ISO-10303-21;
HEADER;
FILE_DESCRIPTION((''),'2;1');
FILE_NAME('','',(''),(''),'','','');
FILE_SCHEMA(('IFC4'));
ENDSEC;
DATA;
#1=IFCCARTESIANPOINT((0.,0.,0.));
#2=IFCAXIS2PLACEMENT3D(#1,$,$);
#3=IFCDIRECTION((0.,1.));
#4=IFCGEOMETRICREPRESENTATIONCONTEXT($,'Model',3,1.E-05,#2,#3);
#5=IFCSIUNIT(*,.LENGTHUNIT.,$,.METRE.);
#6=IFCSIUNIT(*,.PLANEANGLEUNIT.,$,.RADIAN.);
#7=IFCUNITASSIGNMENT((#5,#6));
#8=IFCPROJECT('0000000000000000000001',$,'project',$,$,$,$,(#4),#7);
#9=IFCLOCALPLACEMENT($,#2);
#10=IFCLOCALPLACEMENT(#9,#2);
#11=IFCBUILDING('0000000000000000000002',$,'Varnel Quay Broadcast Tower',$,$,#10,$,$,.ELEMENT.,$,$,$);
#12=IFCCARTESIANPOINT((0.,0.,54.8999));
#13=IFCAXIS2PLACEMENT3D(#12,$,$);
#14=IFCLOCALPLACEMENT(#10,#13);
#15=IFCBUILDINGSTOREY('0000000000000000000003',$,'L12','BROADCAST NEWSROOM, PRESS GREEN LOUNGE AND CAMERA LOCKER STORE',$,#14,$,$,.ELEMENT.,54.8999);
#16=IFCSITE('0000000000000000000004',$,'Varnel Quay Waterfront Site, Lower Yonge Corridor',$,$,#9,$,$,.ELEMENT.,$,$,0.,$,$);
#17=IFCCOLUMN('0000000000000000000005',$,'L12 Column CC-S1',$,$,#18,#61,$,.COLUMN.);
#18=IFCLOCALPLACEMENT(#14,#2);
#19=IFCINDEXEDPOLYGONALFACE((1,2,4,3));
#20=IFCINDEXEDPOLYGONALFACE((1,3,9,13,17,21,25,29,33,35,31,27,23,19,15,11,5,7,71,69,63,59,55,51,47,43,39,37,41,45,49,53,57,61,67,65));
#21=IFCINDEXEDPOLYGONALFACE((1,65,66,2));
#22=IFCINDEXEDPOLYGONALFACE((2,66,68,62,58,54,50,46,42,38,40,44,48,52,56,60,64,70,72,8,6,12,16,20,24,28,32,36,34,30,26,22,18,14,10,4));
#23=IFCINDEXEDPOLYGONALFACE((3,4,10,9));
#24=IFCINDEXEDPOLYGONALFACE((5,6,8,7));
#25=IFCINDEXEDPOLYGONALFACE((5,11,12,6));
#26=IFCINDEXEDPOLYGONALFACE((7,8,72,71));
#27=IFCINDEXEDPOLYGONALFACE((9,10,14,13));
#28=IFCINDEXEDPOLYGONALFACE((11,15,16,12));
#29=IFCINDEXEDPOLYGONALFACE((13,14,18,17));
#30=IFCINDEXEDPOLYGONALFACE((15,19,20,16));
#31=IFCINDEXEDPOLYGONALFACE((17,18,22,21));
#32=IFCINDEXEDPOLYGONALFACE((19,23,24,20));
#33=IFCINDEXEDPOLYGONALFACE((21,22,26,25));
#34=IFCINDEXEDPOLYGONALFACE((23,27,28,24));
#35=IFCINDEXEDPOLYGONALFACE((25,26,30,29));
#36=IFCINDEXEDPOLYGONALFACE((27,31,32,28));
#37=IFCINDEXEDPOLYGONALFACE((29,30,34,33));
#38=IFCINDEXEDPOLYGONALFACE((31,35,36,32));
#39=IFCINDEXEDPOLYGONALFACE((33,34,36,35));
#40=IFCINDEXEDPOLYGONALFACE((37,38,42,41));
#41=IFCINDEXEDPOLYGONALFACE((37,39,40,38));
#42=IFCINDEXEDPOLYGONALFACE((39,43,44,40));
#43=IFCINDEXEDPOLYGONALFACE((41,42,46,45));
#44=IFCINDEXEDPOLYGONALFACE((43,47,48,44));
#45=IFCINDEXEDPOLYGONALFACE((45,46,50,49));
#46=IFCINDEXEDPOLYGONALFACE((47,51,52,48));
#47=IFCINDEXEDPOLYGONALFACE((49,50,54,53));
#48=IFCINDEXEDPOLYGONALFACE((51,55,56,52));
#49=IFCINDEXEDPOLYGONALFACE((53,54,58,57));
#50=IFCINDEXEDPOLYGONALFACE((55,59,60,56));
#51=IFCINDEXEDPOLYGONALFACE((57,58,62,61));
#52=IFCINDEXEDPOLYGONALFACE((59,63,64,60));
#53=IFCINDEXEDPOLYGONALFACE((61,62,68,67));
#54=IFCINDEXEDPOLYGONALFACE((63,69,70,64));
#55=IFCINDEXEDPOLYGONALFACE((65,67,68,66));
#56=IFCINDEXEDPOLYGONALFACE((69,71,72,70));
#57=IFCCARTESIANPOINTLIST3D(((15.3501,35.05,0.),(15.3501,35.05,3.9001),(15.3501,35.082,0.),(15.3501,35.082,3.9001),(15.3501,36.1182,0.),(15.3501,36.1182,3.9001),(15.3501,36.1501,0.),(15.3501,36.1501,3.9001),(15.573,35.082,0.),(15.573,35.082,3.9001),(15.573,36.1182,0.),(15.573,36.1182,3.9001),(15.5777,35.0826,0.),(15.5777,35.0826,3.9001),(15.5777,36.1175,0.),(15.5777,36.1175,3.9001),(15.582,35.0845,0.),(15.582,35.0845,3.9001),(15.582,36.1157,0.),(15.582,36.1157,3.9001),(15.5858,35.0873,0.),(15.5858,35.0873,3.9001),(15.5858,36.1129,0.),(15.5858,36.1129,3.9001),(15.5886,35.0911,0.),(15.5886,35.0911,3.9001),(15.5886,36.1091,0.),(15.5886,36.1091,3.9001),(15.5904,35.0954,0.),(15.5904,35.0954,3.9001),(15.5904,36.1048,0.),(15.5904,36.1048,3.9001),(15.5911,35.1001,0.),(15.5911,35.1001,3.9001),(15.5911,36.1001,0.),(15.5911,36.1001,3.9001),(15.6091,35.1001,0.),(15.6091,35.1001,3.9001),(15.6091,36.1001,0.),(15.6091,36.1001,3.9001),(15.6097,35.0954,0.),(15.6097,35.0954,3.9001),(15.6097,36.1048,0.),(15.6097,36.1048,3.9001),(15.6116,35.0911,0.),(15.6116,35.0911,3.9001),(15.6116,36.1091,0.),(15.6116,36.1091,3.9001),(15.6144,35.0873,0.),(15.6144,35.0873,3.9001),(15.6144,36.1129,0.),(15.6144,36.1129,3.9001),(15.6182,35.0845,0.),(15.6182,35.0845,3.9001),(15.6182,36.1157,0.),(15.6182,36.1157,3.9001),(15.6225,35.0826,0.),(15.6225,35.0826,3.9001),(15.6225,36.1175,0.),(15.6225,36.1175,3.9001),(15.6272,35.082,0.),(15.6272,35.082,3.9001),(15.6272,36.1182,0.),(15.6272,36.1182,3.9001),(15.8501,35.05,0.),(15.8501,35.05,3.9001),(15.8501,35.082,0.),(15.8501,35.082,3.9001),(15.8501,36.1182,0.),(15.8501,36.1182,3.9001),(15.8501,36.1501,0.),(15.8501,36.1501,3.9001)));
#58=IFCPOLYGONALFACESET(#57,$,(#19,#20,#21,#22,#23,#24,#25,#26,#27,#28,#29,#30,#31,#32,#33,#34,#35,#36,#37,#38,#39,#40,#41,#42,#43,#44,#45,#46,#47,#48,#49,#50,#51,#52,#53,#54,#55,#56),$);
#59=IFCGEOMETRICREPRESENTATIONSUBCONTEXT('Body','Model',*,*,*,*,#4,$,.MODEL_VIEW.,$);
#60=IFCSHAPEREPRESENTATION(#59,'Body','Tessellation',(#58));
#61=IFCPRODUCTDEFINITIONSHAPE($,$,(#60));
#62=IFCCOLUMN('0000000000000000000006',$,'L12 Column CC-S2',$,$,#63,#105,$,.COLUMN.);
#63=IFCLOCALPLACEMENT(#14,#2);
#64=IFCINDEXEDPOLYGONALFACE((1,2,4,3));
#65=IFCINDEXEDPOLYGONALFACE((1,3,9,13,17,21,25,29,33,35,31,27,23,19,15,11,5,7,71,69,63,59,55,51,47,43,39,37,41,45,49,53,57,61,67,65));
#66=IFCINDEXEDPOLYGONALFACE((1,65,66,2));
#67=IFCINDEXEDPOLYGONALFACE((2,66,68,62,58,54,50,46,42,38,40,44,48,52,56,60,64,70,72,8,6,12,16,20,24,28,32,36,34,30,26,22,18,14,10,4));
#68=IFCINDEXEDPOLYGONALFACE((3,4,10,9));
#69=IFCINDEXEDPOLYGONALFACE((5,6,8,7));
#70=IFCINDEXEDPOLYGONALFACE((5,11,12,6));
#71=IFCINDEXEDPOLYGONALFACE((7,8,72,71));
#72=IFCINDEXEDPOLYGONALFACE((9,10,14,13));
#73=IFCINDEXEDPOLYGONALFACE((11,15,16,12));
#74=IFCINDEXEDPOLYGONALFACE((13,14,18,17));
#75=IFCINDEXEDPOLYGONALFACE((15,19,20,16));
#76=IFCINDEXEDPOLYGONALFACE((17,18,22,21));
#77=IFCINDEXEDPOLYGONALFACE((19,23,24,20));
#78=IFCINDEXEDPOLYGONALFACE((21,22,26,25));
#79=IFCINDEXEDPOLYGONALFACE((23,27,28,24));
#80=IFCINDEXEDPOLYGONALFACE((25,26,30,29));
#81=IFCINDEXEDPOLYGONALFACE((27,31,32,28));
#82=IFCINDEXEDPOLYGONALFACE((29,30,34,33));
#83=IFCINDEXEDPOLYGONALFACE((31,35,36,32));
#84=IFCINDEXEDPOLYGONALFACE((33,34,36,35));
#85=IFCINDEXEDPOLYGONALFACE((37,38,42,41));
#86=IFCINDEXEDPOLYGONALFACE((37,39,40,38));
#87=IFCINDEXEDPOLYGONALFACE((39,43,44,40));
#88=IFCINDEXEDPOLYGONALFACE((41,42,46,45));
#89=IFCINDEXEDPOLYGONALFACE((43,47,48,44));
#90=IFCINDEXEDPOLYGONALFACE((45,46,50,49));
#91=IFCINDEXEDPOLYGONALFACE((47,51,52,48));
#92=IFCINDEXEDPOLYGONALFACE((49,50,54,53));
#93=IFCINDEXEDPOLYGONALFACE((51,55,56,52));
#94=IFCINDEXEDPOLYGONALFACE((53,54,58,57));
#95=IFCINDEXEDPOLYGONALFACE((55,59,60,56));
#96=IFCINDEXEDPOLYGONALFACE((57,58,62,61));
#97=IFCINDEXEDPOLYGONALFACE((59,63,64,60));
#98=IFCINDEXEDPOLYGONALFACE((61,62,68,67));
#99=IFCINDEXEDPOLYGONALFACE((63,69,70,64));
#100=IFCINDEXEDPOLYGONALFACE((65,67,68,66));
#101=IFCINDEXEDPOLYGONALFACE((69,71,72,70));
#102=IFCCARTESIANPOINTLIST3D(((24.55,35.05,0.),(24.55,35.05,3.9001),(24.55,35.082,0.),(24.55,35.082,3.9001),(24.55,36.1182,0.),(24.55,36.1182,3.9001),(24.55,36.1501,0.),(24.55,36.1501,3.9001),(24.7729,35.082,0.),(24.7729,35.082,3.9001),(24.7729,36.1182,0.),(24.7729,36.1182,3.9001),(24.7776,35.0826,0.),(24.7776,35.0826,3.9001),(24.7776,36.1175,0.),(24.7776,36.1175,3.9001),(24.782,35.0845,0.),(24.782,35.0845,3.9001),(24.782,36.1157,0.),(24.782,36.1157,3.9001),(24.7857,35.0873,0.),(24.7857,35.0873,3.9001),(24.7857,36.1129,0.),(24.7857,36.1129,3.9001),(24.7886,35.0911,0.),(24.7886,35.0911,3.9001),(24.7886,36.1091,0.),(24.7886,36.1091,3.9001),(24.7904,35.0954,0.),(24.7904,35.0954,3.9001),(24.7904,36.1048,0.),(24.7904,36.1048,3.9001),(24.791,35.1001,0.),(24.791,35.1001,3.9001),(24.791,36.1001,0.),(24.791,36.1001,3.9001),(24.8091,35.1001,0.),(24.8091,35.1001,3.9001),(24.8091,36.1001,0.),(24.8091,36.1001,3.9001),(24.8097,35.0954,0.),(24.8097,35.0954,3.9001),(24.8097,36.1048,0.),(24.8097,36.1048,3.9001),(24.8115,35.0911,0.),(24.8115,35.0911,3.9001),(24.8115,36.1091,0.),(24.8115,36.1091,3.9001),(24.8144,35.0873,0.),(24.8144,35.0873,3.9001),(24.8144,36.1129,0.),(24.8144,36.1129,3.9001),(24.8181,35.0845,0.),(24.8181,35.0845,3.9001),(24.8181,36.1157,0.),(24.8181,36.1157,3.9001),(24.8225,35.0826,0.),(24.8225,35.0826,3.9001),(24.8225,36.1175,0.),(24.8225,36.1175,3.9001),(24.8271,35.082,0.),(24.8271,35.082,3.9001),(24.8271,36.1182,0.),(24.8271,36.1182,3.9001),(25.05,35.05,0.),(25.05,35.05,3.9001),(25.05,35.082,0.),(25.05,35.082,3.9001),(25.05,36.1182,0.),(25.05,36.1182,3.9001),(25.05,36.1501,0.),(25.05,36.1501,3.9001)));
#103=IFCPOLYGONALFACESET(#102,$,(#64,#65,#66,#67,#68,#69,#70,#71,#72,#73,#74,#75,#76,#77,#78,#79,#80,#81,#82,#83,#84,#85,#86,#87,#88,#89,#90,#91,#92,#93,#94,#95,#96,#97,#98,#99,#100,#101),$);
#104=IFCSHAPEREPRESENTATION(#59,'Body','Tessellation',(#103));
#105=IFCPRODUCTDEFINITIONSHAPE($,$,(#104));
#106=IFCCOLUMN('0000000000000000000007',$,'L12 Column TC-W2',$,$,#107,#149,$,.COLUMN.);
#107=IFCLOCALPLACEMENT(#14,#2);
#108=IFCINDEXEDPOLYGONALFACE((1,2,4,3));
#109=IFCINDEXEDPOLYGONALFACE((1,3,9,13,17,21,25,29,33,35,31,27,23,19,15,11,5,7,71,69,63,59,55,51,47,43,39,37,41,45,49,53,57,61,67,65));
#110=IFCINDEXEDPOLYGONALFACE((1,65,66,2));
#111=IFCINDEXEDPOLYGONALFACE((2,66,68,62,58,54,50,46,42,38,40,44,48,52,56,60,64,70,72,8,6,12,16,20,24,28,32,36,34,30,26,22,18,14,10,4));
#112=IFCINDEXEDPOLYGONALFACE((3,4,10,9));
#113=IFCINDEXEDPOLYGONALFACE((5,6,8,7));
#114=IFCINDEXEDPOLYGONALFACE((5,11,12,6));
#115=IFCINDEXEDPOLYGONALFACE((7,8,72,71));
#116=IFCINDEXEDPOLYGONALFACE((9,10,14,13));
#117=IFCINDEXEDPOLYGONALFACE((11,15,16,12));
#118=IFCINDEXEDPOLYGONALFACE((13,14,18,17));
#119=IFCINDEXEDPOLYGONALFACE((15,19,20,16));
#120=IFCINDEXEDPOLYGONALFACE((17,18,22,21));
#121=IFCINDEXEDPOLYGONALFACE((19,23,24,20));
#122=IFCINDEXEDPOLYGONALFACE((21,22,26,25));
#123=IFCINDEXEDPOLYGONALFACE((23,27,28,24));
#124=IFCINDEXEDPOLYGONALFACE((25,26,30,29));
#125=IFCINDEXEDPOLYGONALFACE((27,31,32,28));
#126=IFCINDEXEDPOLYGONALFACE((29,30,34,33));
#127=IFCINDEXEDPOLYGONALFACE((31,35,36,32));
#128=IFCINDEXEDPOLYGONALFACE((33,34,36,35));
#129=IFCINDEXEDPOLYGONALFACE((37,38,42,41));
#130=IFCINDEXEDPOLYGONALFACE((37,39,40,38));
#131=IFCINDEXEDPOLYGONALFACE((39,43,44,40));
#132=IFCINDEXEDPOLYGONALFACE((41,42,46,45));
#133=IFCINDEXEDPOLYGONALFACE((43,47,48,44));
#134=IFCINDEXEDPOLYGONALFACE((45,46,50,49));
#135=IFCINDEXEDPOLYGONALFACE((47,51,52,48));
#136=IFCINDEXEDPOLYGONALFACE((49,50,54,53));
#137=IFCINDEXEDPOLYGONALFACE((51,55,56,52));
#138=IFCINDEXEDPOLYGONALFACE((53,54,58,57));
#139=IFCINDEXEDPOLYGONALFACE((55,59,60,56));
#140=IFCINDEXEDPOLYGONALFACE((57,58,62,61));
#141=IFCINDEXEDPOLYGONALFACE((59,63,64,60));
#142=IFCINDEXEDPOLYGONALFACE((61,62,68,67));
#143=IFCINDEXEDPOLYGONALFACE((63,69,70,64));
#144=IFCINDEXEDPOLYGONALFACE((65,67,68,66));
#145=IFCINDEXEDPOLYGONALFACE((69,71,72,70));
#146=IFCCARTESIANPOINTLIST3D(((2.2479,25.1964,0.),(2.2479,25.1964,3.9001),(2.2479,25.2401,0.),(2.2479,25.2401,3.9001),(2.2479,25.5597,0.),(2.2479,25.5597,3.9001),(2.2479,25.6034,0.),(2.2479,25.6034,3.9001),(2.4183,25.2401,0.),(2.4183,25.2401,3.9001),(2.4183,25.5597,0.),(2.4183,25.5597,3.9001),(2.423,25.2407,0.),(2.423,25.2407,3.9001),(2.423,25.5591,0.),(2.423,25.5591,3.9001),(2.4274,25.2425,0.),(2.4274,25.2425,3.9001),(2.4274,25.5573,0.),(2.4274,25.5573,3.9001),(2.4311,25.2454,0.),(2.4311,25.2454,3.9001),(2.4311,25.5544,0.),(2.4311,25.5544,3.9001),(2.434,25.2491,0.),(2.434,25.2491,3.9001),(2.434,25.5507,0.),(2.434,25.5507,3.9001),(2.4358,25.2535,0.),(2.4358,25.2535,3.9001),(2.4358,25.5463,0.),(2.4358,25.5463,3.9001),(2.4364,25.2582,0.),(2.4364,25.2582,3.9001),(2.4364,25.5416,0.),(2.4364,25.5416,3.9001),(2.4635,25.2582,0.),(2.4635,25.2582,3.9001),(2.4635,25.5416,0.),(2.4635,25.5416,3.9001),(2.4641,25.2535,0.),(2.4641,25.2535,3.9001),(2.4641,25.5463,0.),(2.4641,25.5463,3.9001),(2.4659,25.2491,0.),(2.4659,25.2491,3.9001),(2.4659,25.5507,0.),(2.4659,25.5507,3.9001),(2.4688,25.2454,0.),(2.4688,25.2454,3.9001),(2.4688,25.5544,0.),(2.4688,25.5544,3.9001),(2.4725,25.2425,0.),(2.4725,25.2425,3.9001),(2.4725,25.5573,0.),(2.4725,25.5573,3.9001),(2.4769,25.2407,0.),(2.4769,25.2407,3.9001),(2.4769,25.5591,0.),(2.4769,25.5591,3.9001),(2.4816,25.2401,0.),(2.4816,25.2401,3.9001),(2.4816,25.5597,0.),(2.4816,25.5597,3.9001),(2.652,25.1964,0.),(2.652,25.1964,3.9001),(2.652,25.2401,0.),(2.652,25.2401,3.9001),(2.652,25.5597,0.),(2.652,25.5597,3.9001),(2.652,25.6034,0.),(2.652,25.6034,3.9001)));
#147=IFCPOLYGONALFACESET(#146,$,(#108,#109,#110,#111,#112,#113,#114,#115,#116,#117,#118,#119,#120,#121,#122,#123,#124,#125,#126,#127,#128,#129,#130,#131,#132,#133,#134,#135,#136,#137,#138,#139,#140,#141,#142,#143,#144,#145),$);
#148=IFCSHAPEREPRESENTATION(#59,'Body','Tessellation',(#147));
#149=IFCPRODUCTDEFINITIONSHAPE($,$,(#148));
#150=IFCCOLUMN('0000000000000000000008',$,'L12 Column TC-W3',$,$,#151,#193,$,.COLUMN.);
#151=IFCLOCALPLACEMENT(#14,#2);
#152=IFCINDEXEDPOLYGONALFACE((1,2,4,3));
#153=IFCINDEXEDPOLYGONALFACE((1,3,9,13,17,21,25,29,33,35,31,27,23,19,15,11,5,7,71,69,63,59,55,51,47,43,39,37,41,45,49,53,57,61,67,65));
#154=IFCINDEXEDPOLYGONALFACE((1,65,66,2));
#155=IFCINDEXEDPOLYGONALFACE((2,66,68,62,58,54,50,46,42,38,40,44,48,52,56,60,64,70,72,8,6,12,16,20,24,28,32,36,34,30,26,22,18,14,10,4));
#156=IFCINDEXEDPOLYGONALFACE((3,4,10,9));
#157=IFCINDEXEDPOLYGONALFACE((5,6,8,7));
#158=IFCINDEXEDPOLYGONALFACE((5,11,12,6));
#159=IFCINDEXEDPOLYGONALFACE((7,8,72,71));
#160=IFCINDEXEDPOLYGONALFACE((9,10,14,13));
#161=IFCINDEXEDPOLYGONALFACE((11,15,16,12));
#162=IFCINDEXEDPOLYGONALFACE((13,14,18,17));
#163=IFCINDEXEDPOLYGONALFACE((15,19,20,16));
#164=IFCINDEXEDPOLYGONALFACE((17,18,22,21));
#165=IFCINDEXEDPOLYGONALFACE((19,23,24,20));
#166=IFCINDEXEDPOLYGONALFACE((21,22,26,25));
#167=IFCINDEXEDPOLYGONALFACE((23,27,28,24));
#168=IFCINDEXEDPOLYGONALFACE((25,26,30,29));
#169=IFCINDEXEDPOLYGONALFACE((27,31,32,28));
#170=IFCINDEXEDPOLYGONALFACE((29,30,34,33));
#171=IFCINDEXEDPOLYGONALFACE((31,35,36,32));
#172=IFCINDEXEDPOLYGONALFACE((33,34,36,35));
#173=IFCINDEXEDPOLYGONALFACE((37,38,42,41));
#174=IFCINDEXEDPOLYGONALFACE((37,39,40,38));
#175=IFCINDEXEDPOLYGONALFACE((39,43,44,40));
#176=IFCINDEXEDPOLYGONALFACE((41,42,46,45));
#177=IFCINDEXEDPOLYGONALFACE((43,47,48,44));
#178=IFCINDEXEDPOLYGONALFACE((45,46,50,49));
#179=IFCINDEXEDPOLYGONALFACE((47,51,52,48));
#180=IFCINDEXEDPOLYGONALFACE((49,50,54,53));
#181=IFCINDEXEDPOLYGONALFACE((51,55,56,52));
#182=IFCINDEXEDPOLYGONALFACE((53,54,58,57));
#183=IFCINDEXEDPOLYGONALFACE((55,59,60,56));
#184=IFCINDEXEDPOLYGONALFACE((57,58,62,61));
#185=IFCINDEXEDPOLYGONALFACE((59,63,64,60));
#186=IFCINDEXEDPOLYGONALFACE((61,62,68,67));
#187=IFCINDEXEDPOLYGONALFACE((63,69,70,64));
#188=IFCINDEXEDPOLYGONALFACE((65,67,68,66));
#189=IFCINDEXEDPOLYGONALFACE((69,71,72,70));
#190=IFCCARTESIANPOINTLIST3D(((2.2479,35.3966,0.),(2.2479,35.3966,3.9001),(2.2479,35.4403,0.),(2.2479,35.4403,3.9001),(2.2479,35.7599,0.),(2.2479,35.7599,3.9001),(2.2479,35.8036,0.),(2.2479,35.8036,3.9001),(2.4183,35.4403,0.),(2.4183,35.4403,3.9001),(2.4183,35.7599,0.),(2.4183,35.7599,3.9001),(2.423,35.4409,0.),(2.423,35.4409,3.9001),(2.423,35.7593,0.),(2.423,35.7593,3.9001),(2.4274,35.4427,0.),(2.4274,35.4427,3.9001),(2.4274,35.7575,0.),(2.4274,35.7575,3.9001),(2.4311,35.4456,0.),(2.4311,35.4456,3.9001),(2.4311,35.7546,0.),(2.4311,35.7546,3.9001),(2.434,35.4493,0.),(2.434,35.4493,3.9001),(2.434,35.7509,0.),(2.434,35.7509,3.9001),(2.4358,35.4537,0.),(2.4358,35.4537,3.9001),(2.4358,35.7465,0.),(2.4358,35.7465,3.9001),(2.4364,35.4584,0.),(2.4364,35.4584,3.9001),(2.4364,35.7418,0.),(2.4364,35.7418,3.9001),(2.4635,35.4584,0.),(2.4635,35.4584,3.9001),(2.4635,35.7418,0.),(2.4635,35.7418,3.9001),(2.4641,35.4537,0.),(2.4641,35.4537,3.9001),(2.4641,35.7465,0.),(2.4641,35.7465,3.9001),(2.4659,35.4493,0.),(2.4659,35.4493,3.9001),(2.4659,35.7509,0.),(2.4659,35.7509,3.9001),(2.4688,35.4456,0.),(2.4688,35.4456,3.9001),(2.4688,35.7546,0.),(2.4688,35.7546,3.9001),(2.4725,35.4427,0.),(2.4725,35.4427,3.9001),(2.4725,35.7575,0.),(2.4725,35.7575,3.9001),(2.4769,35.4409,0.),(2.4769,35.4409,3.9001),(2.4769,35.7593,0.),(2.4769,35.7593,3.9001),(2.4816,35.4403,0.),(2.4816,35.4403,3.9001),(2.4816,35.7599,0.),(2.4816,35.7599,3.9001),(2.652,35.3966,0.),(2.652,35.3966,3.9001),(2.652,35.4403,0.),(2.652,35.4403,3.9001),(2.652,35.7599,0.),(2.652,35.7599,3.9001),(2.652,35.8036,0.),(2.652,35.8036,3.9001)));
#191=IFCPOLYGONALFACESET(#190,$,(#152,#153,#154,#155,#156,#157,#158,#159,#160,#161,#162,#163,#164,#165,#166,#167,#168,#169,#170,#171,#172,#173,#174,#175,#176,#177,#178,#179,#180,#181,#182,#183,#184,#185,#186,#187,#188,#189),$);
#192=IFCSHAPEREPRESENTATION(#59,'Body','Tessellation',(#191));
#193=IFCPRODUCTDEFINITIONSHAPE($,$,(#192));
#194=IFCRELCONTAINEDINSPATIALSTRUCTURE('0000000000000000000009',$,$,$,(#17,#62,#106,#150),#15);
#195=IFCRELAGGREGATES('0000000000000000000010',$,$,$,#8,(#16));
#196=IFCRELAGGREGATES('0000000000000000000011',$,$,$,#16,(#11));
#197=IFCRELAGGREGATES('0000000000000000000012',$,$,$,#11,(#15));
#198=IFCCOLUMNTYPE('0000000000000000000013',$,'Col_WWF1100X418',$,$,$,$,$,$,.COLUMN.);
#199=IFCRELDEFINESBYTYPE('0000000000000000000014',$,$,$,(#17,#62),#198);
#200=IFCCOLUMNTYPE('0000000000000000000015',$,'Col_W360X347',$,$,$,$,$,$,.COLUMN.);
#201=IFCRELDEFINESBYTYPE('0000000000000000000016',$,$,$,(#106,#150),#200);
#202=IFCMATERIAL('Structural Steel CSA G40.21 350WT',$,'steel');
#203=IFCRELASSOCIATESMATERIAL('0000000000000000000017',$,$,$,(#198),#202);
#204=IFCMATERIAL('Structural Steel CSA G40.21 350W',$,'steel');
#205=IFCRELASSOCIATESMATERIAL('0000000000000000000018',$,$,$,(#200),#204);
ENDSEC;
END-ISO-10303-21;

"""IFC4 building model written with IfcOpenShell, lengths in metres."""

from ifc_helpers import new_model, si_unit, direction, frame, origin, origin_2d, place, context, subcontext, project, spatial, i_section, extrude, source, transform, mapped, material, material_profile, profile_set, type_object, type_shapes, element, save


model = new_model("IFC4")

# Units and contexts
model_context = context("Model", 3, precision=1e-05, world=origin(), true_north=direction((0.0, 1.0)))
body_context = subcontext(model_context, "Body", "Model", "MODEL_VIEW")
ifc_project = project(units=[si_unit("LENGTHUNIT", "METRE"), si_unit("PLANEANGLEUNIT", "RADIAN")], contexts=[model_context])

# Site, building, storey
site_placement = place(None, origin())
site = spatial("IfcSite", under=ifc_project, at=site_placement, Name="Varnel Quay Waterfront Site, Lower Yonge Corridor", CompositionType="ELEMENT", RefElevation=0.0)
building_placement = place(site_placement, origin())
building = spatial("IfcBuilding", under=site, at=building_placement, Name="Varnel Quay Broadcast Tower", CompositionType="ELEMENT")
storey_placement = place(building_placement, frame((0.0, 0.0, 54.8999)))
storey = spatial("IfcBuildingStorey", under=building, at=storey_placement, Name="L12", Description="BROADCAST NEWSROOM, PRESS GREEN LOUNGE AND CAMERA LOCKER STORE", CompositionType="ELEMENT", Elevation=54.8999)

# Columns
ifc_material_1 = material(Name="Structural Steel CSA G40.21 350WT", Category="steel")
ifc_material_profile_1 = material_profile(ifc_material_1, i_section(OverallWidth=0.5, OverallDepth=1.1001, WebThickness=0.0181, FlangeThickness=0.032, FilletRadius=0.0181, at=origin_2d()), Name="WWF1100X418")
ifc_profile_set_1 = profile_set([ifc_material_profile_1], Name="Structural Steel CSA G40.21 350WT")
column_type_1 = type_object("IfcColumnType", Name="Col_WWF1100X418", PredefinedType="COLUMN", material=ifc_profile_set_1)
shared_shape_1 = source(origin(), body_context, "Body", "SweptSolid", [
    extrude(i_section(OverallWidth=0.5, OverallDepth=1.1001, WebThickness=0.0181, FlangeThickness=0.032, FilletRadius=0.0181, at=origin_2d()), origin(), (0.0, 0.0, 1.0), 3.9001),
])
type_shapes(column_type_1, [shared_shape_1])
for number, where, z_axis, x_axis, name in (
    (1, (15.6001, 35.6001, 0.0), (0.0, 0.0, 1.0), (1.0, 0.0, 0.0), "L12 Column CC-S1"),
    (2, (24.8, 35.6001, 0.0), (0.0, 0.0, 1.0), (1.0, 0.0, 0.0), "L12 Column CC-S2"),
):
    element("IfcColumn", number, at=place(storey_placement, frame(where, z_axis=z_axis, x_axis=x_axis)), inside=storey, type_object=column_type_1, Name=name, PredefinedType="COLUMN", context=body_context, shape_type="MappedRepresentation", body=[
        mapped(shared_shape_1, transform((0.0, 0.0, 0.0), x_axis=(1.0, 0.0, 0.0), y_axis=(0.0, 1.0, 0.0), z_axis=(0.0, 0.0, 1.0), scale=1.0)),
    ])
ifc_material_2 = material(Name="Structural Steel CSA G40.21 350W", Category="steel")
ifc_material_profile_2 = material_profile(ifc_material_2, i_section(OverallWidth=0.4041, OverallDepth=0.407, WebThickness=0.0271, FlangeThickness=0.0437, FilletRadius=0.0181, at=origin_2d()), Name="W360X347")
ifc_profile_set_2 = profile_set([ifc_material_profile_2], Name="Structural Steel CSA G40.21 350W")
column_type_2 = type_object("IfcColumnType", Name="Col_W360X347", PredefinedType="COLUMN", material=ifc_profile_set_2)
shared_shape_2 = source(origin(), body_context, "Body", "SweptSolid", [
    extrude(i_section(OverallWidth=0.4041, OverallDepth=0.407, WebThickness=0.0271, FlangeThickness=0.0437, FilletRadius=0.0181, at=origin_2d()), origin(), (0.0, 0.0, 1.0), 3.9001),
])
type_shapes(column_type_2, [shared_shape_2])
for number, where, z_axis, x_axis, name in (
    (3, (2.45, 25.3999, 0.0), (0.0, 0.0, 1.0), (1.0, 0.0, 0.0), "L12 Column TC-W2"),
    (4, (2.45, 35.6001, 0.0), (0.0, 0.0, 1.0), (1.0, 0.0, 0.0), "L12 Column TC-W3"),
):
    element("IfcColumn", number, at=place(storey_placement, frame(where, z_axis=z_axis, x_axis=x_axis)), inside=storey, type_object=column_type_2, Name=name, PredefinedType="COLUMN", context=body_context, shape_type="MappedRepresentation", body=[
        mapped(shared_shape_2, transform((0.0, 0.0, 0.0), x_axis=(1.0, 0.0, 0.0), y_axis=(0.0, 1.0, 0.0), z_axis=(0.0, 0.0, 1.0), scale=1.0)),
    ])

save(model, "model.ifc")
